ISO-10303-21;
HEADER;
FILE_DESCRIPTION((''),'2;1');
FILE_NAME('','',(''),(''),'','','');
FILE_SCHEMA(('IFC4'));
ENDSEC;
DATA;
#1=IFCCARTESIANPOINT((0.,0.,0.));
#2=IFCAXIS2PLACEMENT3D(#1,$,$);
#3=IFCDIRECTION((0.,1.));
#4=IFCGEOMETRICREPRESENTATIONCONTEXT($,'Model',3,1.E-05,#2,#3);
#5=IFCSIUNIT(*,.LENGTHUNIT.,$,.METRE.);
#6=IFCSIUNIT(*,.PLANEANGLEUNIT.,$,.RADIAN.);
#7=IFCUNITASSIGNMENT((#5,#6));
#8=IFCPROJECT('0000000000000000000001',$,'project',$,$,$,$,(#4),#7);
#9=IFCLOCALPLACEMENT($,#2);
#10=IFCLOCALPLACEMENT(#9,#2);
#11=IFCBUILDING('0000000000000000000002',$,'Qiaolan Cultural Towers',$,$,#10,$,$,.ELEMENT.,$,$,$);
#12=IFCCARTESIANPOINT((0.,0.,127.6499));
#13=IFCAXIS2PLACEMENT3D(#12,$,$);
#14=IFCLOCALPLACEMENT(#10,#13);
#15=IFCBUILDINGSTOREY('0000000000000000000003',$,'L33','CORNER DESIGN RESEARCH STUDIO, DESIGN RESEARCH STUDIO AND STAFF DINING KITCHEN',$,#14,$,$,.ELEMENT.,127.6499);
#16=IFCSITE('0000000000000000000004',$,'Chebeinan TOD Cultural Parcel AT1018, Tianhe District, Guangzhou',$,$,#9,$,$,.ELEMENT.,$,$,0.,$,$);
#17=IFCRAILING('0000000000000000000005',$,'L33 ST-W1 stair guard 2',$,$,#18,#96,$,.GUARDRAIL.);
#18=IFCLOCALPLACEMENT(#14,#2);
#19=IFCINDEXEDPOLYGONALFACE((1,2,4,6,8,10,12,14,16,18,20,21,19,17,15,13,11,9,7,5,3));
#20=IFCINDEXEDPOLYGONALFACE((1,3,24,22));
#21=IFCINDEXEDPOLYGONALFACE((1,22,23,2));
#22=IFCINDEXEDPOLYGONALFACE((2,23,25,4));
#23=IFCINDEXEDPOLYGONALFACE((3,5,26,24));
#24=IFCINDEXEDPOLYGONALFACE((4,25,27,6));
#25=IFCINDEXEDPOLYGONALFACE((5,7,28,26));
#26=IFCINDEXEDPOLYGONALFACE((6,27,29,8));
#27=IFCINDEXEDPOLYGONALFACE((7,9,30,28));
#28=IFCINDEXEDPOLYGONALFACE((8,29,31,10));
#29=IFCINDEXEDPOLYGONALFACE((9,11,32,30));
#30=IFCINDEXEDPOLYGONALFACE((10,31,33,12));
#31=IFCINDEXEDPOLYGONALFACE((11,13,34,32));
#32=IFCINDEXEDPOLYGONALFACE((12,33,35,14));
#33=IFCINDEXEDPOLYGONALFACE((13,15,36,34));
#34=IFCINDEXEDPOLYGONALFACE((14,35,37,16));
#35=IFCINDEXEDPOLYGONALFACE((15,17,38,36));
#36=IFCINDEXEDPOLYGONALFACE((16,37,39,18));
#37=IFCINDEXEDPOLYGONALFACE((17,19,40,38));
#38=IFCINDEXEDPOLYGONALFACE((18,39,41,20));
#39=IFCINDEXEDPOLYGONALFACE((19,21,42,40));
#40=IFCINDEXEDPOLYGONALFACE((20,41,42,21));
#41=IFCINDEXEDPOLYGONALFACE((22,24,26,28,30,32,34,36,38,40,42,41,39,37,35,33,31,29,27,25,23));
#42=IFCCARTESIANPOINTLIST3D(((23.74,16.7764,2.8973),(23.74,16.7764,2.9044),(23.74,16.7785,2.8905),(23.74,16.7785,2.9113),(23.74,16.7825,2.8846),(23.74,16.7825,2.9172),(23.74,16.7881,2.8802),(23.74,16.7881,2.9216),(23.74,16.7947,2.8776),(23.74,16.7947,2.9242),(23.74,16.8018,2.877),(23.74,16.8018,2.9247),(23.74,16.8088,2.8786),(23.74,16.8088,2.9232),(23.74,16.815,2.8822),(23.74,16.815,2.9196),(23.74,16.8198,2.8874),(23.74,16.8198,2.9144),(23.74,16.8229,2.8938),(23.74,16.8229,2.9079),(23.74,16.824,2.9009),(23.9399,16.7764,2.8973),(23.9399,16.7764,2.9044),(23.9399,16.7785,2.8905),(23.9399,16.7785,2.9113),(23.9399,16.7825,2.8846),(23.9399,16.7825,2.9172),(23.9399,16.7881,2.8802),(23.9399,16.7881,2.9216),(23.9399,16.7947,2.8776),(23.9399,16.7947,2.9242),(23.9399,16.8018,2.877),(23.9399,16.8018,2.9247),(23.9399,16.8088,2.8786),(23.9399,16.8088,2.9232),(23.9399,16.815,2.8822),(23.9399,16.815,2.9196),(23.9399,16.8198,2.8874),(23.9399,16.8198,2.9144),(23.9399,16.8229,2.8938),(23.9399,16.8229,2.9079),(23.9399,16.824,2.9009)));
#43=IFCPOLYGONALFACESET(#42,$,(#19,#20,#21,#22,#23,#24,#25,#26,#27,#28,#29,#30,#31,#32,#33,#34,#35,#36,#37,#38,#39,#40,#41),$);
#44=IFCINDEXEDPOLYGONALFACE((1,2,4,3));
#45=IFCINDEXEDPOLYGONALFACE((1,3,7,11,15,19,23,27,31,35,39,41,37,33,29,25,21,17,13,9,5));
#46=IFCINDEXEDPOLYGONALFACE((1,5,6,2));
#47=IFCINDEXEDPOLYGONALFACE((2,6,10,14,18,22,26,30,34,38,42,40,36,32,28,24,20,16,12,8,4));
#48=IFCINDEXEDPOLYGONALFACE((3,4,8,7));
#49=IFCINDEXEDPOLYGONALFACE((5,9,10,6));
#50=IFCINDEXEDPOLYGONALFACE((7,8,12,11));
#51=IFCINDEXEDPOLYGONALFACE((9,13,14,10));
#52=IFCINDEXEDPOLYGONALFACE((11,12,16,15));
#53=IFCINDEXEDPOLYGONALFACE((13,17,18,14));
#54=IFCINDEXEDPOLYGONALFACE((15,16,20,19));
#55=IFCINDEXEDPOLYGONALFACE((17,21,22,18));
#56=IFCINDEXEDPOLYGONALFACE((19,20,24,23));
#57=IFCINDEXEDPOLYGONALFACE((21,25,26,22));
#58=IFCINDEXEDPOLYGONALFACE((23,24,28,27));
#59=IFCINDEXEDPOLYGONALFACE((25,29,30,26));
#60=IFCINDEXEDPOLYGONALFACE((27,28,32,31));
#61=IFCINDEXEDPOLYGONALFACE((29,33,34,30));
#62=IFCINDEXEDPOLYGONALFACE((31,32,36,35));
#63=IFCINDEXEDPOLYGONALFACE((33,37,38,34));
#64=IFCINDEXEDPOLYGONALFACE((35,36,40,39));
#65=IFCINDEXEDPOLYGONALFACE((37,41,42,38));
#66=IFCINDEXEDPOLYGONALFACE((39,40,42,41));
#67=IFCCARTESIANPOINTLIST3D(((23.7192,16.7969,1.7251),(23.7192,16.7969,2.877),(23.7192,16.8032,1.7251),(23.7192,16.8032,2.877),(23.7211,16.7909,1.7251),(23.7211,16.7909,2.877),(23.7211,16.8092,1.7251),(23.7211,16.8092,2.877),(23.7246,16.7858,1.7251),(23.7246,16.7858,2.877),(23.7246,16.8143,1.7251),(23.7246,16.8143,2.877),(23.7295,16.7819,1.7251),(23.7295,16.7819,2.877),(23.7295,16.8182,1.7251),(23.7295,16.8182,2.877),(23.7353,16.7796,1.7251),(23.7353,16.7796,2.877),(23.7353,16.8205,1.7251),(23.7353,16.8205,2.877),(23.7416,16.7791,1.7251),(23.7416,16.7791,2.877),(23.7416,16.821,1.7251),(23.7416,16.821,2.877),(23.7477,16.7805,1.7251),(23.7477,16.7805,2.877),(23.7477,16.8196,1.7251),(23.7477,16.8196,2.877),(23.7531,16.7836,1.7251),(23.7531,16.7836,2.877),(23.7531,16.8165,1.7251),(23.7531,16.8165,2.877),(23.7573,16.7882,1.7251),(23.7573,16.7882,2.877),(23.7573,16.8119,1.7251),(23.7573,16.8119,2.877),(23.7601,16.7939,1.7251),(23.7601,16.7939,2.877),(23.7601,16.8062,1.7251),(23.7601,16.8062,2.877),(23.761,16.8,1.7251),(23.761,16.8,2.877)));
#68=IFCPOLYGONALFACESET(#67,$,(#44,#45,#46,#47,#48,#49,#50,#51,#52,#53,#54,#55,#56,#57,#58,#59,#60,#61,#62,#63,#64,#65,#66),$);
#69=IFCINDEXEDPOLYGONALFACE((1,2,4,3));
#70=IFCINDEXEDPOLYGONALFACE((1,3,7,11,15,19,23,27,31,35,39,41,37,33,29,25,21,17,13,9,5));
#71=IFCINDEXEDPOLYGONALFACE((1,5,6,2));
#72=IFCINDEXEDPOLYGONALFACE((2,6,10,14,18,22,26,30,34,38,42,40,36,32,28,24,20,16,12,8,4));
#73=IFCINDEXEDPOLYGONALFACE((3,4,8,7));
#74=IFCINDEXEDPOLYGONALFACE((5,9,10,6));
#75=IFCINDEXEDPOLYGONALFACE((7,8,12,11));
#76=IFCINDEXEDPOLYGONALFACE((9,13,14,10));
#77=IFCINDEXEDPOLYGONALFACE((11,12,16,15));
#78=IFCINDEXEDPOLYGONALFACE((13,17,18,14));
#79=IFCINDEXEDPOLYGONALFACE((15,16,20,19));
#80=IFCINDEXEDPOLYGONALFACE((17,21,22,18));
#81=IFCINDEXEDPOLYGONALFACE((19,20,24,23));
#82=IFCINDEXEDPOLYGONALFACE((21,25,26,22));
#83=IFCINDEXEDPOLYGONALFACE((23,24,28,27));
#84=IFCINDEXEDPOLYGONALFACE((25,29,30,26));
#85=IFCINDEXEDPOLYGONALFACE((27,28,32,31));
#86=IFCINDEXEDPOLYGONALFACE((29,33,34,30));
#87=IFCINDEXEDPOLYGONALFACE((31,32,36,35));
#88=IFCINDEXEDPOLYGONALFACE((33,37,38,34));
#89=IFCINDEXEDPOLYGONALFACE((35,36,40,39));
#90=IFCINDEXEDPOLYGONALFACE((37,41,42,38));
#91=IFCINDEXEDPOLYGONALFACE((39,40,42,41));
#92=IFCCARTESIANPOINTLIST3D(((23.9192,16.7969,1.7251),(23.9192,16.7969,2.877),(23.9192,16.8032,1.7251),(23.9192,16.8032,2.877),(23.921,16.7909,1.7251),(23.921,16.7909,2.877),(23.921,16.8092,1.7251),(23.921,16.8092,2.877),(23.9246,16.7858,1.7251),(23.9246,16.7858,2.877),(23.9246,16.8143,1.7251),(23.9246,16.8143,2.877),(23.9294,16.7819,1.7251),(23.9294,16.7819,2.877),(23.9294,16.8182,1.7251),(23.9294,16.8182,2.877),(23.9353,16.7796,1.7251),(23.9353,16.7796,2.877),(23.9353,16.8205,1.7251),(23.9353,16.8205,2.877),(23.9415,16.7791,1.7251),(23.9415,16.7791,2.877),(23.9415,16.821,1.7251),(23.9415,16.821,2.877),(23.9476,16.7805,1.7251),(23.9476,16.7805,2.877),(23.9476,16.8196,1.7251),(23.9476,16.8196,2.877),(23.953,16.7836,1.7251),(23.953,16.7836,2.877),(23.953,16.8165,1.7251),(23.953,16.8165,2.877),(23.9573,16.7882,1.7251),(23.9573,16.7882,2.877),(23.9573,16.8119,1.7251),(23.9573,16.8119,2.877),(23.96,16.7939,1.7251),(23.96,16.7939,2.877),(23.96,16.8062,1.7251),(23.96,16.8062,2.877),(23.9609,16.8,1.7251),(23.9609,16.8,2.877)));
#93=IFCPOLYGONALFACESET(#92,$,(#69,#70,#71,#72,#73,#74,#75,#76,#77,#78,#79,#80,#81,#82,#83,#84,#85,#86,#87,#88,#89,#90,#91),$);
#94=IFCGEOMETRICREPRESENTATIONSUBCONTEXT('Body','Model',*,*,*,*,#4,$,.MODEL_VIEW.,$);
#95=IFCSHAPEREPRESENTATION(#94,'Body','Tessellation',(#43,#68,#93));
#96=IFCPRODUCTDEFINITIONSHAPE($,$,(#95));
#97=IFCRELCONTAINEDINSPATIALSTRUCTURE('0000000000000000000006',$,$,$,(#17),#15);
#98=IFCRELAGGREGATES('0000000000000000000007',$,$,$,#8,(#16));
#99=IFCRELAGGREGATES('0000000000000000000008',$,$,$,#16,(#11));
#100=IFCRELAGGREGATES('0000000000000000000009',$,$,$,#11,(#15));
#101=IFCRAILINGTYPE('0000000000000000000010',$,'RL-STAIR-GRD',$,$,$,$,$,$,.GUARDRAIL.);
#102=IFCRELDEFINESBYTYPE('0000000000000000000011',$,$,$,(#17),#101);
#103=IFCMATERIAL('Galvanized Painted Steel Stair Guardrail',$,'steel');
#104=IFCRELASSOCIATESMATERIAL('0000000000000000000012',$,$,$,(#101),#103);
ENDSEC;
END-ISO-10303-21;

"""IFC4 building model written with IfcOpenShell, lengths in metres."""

from ifc_helpers import new_model, si_unit, direction, frame, origin, origin_2d, place, context, subcontext, project, spatial, circle, extrude, material, type_object, element, save


model = new_model("IFC4")

# Units and contexts
model_context = context("Model", 3, precision=1e-05, world=origin(), true_north=direction((0.0, 1.0)))
body_context = subcontext(model_context, "Body", "Model", "MODEL_VIEW")
ifc_project = project(units=[si_unit("LENGTHUNIT", "METRE"), si_unit("PLANEANGLEUNIT", "RADIAN")], contexts=[model_context])

# Site, building, storey
site_placement = place(None, origin())
site = spatial("IfcSite", under=ifc_project, at=site_placement, Name="Chebeinan TOD Cultural Parcel AT1018, Tianhe District, Guangzhou", CompositionType="ELEMENT", RefElevation=0.0)
building_placement = place(site_placement, origin())
building = spatial("IfcBuilding", under=site, at=building_placement, Name="Qiaolan Cultural Towers", CompositionType="ELEMENT")
storey_placement = place(building_placement, frame((0.0, 0.0, 127.6499)))
storey = spatial("IfcBuildingStorey", under=building, at=storey_placement, Name="L33", Description="CORNER DESIGN RESEARCH STUDIO, DESIGN RESEARCH STUDIO AND STAFF DINING KITCHEN", CompositionType="ELEMENT", Elevation=127.6499)

# Railing
ifc_material_1 = material(Name="Galvanized Painted Steel Stair Guardrail", Category="steel")
railing_type_1 = type_object("IfcRailingType", Name="RL-STAIR-GRD", PredefinedType="GUARDRAIL", material=ifc_material_1)
railing_1_placement = place(storey_placement, frame((23.74, 16.8, 1.7251)))
element("IfcRailing", 1, at=railing_1_placement, inside=storey, type_object=railing_type_1, Name="L33 ST-W1 stair guard 2", PredefinedType="GUARDRAIL", context=body_context, shape_type="SweptSolid", body=[
    extrude(circle(Radius=0.0239, at=origin_2d()), frame((0.0, 0.0, 1.1758), z_axis=(1.0, 0.0, 0.0), x_axis=(0.0, 1.0, 0.0)), (0.0, 0.0, 1.0), 0.2),
    extrude(circle(Radius=0.021, at=origin_2d()), origin(), (0.0, 0.0, 1.0), 1.1519),
    extrude(circle(Radius=0.021, at=origin_2d()), frame((0.2, 0.0, 0.0)), (0.0, 0.0, 1.0), 1.1519),
])

save(model, "model.ifc")
